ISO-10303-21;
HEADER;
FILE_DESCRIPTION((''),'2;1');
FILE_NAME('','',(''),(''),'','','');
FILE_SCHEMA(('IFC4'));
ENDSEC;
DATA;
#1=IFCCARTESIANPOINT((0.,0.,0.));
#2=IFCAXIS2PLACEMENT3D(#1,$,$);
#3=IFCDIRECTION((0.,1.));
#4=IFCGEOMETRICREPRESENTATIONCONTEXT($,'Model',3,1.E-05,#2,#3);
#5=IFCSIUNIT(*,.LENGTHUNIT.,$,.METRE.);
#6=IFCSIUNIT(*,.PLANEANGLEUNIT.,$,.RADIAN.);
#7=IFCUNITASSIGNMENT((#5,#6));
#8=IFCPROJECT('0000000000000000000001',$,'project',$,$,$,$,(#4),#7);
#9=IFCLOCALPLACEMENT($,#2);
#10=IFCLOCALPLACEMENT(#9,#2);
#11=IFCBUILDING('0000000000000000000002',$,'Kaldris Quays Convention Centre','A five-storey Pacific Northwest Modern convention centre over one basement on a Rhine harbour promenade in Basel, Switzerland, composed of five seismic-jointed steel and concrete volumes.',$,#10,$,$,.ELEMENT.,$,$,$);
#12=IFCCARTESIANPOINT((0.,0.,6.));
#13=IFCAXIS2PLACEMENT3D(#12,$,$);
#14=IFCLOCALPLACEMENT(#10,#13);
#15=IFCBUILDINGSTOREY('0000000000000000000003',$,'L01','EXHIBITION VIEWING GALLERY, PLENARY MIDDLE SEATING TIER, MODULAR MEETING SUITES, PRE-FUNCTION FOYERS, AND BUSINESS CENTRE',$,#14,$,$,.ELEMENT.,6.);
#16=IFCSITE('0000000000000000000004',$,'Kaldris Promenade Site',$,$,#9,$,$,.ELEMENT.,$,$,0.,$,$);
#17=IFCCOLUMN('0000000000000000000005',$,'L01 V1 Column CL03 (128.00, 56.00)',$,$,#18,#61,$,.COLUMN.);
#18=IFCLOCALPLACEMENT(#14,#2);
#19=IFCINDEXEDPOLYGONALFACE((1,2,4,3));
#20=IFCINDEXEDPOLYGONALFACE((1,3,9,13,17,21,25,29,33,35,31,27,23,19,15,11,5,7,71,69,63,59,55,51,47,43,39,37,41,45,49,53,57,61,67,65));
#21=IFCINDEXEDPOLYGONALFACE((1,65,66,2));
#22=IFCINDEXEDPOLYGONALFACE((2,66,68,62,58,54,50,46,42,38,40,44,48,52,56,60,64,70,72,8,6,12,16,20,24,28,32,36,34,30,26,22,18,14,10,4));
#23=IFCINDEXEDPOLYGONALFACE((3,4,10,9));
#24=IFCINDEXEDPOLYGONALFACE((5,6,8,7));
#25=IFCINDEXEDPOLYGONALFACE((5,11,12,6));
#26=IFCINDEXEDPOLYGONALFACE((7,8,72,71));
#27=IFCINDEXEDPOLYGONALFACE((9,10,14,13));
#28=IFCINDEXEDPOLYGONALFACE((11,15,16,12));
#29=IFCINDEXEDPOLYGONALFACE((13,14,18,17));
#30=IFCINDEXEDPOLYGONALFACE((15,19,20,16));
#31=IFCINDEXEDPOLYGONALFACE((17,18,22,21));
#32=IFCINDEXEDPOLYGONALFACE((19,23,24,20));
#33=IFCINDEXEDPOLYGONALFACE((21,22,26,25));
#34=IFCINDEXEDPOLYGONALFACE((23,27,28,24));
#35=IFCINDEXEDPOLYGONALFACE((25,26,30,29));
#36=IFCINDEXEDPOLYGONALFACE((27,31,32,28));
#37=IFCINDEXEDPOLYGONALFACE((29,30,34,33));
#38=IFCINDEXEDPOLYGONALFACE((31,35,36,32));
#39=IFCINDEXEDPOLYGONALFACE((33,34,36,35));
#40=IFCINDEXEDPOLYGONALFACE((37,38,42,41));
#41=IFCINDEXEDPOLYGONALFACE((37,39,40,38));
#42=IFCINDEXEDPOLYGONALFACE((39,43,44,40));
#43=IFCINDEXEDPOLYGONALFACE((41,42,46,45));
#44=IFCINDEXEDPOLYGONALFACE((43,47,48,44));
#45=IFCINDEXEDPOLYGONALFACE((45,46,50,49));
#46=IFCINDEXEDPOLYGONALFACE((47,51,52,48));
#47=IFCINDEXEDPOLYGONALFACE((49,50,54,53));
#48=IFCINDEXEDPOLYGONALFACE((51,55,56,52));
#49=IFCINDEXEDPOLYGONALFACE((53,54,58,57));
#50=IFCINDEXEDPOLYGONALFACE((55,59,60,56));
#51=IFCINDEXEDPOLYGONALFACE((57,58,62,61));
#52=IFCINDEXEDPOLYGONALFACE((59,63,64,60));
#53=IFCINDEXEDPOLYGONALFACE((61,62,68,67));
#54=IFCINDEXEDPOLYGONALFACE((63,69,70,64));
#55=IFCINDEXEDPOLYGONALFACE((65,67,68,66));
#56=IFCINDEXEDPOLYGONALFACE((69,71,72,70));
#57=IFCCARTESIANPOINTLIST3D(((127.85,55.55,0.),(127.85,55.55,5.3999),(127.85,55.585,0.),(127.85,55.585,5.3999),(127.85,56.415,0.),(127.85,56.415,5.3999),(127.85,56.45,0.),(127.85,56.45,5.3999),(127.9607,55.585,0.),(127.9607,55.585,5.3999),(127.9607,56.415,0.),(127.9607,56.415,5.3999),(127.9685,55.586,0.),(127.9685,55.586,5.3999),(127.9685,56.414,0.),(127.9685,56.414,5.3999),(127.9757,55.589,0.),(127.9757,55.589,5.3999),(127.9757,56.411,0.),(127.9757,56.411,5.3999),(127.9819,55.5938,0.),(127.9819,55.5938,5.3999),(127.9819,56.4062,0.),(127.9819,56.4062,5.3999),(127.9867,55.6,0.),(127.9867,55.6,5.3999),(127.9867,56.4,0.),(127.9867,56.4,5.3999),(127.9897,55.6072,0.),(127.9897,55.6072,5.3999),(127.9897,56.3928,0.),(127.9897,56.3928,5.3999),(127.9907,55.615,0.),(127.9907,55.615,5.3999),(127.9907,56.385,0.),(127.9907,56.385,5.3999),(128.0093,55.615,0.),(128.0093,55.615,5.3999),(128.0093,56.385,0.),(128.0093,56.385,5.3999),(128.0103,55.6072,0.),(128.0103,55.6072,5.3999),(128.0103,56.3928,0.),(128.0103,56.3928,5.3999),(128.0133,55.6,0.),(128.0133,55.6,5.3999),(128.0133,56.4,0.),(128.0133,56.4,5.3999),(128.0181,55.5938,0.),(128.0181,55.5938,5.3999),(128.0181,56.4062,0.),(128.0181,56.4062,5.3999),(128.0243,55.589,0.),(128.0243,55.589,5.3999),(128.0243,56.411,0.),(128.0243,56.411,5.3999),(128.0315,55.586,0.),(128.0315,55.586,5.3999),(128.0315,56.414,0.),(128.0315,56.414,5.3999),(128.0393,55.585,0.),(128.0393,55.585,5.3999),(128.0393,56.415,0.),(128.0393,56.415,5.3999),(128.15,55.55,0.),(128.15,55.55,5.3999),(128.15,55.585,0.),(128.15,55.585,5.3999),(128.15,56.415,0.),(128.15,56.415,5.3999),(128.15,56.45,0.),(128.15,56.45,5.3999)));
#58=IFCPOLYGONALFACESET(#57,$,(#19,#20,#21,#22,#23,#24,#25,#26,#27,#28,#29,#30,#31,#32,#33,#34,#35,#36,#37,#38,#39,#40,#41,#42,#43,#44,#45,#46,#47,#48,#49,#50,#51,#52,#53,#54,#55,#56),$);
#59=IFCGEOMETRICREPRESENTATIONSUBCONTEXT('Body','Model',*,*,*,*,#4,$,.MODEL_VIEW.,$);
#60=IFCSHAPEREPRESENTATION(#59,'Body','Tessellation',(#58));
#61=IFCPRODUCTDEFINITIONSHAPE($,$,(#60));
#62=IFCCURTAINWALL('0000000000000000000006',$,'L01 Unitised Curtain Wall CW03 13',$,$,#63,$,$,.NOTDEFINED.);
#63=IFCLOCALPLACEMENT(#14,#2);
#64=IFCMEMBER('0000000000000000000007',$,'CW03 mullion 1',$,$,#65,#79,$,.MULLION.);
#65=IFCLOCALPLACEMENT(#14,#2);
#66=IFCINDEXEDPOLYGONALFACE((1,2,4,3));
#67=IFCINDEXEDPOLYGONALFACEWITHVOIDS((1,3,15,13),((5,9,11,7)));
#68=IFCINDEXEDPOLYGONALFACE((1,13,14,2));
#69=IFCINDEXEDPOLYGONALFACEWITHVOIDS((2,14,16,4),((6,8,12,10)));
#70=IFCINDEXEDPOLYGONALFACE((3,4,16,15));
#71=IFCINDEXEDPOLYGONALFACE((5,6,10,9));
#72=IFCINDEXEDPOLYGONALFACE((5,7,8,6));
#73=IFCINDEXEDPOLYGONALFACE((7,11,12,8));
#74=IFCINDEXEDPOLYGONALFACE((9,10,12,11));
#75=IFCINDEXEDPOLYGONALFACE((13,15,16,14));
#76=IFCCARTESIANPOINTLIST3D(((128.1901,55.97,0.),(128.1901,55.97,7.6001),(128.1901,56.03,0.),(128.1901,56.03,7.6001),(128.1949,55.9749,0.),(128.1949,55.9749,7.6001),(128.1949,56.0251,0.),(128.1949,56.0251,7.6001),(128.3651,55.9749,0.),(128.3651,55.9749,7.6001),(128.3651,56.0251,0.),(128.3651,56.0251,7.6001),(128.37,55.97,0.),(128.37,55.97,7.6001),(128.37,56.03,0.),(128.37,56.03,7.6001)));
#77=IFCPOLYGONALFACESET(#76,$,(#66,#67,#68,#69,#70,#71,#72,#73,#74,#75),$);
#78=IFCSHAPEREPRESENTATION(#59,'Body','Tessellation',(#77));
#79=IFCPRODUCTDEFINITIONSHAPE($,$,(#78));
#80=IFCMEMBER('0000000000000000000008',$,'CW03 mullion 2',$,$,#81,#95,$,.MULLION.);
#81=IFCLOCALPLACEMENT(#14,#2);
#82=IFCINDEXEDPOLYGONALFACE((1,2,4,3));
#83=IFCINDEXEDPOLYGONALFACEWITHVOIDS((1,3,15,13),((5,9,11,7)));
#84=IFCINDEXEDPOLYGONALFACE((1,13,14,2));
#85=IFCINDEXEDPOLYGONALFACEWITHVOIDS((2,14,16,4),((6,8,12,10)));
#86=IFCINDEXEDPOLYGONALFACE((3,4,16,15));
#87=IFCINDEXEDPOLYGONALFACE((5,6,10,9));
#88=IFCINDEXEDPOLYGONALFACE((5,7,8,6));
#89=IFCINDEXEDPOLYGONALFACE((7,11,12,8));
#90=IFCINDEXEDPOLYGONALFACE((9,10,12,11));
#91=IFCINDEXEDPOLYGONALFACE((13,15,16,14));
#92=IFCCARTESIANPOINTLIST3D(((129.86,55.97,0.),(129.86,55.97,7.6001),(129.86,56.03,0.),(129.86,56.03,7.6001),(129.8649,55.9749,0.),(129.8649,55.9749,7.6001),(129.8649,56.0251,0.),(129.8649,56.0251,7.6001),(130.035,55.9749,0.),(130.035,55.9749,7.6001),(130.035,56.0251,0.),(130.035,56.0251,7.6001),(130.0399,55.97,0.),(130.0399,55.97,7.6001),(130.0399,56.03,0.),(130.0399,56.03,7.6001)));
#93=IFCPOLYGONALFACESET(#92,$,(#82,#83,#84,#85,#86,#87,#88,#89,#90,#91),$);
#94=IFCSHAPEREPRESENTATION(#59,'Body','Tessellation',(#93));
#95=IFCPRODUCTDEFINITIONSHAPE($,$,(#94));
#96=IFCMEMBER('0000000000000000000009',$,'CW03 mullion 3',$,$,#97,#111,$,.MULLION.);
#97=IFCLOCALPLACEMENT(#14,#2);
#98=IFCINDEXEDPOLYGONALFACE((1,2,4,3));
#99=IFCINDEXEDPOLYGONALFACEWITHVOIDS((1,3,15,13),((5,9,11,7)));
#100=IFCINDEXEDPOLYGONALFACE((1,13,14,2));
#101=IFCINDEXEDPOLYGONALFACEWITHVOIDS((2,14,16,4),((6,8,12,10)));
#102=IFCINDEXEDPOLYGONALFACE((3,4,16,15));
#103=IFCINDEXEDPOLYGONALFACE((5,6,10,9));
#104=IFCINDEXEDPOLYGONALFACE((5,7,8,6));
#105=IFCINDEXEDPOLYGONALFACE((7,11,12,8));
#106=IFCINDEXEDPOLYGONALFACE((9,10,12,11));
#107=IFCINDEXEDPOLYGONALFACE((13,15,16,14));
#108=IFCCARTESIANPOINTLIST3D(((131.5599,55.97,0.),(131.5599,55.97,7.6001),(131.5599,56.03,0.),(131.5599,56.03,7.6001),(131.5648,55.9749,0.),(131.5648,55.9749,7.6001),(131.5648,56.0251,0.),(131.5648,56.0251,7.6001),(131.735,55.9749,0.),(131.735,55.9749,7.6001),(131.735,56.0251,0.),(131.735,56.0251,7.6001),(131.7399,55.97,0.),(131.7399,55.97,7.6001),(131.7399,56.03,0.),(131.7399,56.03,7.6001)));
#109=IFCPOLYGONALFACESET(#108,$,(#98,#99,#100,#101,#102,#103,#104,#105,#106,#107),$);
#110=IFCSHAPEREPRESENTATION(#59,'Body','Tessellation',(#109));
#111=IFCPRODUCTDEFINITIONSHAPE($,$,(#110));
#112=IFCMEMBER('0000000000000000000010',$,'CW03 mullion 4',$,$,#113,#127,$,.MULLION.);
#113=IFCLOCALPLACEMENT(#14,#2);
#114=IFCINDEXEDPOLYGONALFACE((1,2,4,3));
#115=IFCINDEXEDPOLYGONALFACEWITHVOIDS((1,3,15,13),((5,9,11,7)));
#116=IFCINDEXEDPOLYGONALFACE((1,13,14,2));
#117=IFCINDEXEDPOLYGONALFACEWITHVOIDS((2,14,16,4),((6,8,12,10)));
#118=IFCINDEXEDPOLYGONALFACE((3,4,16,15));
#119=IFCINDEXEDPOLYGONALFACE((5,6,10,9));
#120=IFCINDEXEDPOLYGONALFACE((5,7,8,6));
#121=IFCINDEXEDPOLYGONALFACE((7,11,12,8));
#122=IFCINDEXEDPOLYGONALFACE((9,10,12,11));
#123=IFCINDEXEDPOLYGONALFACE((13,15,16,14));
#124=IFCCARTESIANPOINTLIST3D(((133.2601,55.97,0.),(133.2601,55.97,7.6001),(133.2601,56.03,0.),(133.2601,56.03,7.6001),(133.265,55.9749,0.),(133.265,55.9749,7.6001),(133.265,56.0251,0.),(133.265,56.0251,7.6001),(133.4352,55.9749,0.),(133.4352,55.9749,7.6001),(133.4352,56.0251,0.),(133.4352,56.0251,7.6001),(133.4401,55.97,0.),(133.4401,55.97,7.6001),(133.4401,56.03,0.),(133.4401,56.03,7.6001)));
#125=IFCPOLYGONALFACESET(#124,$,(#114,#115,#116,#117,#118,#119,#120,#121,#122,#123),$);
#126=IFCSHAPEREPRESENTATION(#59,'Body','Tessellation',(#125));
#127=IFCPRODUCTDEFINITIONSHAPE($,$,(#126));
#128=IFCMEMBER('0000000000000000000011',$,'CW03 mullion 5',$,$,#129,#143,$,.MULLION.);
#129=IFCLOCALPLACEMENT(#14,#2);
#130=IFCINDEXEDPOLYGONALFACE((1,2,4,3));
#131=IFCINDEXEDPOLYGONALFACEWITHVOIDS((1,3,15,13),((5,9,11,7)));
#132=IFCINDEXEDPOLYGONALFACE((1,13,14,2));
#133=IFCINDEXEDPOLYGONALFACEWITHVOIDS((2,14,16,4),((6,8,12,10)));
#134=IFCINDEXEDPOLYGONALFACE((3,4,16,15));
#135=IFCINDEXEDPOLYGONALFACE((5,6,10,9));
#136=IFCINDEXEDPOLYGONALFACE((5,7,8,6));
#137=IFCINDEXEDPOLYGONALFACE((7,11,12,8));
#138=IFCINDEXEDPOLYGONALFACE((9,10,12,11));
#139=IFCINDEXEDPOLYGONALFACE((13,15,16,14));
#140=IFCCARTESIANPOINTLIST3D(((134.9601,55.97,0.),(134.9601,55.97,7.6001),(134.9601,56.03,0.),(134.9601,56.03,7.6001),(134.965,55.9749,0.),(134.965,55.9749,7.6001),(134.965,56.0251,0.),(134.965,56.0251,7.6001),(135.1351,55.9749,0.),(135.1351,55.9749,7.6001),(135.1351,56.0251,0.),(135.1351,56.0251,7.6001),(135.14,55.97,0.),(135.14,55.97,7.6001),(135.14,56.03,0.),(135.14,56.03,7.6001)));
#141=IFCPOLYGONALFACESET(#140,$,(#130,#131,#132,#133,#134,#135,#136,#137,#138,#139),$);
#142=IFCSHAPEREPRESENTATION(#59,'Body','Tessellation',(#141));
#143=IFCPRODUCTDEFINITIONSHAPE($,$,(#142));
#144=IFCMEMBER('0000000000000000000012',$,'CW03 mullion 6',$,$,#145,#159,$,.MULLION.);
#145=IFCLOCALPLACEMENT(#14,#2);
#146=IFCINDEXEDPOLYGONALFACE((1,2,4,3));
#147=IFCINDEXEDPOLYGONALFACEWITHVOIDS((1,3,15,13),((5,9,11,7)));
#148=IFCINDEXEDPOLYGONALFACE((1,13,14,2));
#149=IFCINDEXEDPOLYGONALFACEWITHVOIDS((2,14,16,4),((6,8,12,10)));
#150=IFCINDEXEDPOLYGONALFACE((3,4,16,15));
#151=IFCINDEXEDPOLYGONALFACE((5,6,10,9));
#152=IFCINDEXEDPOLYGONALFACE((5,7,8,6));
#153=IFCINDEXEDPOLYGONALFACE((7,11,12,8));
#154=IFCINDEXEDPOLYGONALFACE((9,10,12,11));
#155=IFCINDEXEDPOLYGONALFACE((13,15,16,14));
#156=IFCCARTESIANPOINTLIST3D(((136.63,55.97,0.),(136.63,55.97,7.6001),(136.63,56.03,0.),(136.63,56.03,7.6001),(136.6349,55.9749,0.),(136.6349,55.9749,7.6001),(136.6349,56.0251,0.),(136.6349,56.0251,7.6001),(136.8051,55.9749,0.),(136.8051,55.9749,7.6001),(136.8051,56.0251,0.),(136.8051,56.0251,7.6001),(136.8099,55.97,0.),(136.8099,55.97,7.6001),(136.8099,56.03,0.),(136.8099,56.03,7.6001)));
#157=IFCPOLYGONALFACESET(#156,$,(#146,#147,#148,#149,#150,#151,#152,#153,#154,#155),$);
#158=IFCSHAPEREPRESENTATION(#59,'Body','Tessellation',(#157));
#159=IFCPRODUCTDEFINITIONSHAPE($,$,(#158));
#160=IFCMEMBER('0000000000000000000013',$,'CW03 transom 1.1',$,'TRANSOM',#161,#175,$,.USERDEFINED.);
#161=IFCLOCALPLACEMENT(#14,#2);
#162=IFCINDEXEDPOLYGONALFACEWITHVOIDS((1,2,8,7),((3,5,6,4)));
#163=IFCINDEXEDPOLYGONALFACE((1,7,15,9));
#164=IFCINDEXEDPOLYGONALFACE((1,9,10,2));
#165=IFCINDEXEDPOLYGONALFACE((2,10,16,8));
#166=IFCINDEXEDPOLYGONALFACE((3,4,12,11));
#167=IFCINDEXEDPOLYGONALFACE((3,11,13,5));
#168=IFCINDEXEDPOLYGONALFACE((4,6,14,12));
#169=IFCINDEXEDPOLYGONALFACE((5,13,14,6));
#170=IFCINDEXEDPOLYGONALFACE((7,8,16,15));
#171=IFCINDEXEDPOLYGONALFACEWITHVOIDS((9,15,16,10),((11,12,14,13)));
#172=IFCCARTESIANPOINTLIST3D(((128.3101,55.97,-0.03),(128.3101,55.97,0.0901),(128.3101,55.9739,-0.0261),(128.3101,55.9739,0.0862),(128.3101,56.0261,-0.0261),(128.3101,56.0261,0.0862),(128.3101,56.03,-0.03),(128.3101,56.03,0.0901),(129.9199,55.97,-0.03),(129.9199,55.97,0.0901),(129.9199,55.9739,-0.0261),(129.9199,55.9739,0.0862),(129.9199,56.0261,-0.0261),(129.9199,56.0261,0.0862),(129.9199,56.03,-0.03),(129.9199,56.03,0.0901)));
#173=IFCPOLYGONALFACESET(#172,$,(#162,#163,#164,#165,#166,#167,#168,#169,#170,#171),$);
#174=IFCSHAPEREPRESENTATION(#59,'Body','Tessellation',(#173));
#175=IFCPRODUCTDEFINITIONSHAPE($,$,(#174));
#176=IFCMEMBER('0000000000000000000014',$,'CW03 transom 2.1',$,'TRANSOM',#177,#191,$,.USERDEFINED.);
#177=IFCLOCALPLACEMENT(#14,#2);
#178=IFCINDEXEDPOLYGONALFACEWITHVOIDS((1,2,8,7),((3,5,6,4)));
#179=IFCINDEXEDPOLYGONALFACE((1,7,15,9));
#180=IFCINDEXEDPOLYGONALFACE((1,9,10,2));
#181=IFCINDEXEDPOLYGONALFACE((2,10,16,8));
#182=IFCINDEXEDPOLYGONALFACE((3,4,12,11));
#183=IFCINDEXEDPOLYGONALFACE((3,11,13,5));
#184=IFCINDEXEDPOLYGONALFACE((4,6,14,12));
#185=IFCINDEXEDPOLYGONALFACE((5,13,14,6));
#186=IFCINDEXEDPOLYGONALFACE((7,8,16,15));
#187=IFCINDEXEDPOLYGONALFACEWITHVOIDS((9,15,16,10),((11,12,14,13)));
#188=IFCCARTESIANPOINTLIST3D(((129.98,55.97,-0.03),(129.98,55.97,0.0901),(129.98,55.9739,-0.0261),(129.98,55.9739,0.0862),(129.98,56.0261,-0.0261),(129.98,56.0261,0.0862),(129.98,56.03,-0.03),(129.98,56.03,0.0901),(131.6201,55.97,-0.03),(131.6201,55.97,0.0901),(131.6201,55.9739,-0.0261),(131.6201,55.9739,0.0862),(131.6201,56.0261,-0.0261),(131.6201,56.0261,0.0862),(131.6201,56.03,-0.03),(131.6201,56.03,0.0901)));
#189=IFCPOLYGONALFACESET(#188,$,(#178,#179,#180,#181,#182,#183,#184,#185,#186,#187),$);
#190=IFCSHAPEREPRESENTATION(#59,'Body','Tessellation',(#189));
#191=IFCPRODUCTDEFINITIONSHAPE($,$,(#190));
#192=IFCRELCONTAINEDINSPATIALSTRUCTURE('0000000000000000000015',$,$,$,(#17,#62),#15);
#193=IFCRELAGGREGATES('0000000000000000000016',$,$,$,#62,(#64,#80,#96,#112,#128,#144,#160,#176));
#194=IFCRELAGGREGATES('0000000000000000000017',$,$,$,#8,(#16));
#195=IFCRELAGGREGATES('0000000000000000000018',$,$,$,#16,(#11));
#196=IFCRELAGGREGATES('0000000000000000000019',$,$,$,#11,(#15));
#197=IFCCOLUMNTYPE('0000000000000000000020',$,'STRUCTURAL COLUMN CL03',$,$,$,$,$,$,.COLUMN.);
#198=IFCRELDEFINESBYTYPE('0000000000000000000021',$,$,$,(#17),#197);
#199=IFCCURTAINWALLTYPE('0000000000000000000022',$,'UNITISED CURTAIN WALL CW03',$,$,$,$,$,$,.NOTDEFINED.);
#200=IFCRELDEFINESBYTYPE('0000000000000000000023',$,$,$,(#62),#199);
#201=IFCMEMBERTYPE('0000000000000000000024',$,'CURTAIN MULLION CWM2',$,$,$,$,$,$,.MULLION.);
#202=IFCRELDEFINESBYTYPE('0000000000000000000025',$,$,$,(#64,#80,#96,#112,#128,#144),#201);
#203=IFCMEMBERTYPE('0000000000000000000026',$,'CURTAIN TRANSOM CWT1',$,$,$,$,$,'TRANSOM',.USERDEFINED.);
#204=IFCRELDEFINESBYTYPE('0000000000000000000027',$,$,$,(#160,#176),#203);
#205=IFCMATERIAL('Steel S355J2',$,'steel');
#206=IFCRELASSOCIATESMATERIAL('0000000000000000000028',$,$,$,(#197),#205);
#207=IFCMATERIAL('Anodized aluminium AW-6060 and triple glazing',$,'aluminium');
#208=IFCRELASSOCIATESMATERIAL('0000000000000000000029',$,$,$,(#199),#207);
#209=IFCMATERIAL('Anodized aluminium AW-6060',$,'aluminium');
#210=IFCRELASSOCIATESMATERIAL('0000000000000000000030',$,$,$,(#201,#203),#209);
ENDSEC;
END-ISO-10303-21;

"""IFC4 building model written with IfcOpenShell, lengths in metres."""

from ifc_helpers import new_model, si_unit, direction, frame, origin, origin_2d, place, context, subcontext, project, spatial, hollow_rectangle, i_section, extrude, material, material_profile, profile_set, type_object, element, aggregate, save


model = new_model("IFC4")

# Units and contexts
model_context = context("Model", 3, precision=1e-05, world=origin(), true_north=direction((0.0, 1.0)))
body_context = subcontext(model_context, "Body", "Model", "MODEL_VIEW")
ifc_project = project(units=[si_unit("LENGTHUNIT", "METRE"), si_unit("PLANEANGLEUNIT", "RADIAN")], contexts=[model_context])

# Site, building, storey
site_placement = place(None, origin())
site = spatial("IfcSite", under=ifc_project, at=site_placement, Name="Kaldris Promenade Site", CompositionType="ELEMENT", RefElevation=0.0)
building_placement = place(site_placement, origin())
building = spatial("IfcBuilding", under=site, at=building_placement, Name="Kaldris Quays Convention Centre", Description="A five-storey Pacific Northwest Modern convention centre over one basement on a Rhine harbour promenade in Basel, Switzerland, composed of five seismic-jointed steel and concrete volumes.", CompositionType="ELEMENT")
storey_placement = place(building_placement, frame((0.0, 0.0, 6.0)))
storey = spatial("IfcBuildingStorey", under=building, at=storey_placement, Name="L01", Description="EXHIBITION VIEWING GALLERY, PLENARY MIDDLE SEATING TIER, MODULAR MEETING SUITES, PRE-FUNCTION FOYERS, AND BUSINESS CENTRE", CompositionType="ELEMENT", Elevation=6.0)

# Column
ifc_material_1 = material(Name="Steel S355J2", Category="steel")
ifc_material_profile_1 = material_profile(ifc_material_1, i_section(OverallWidth=0.3, OverallDepth=0.8999, WebThickness=0.0186, FlangeThickness=0.0349, FilletRadius=0.03, at=origin_2d()), Name="HEB 900")
ifc_profile_set_1 = profile_set([ifc_material_profile_1], Name="Steel S355J2")
column_type = type_object("IfcColumnType", Name="STRUCTURAL COLUMN CL03", PredefinedType="COLUMN", material=ifc_profile_set_1)
column_placement = place(storey_placement, frame((128.0, 56.0, 0.0), z_axis=(0.0, 0.0, 1.0), x_axis=(1.0, 0.0, 0.0)))
element("IfcColumn", 1, at=column_placement, inside=storey, type_object=column_type, Name="L01 V1 Column CL03 (128.00, 56.00)", PredefinedType="COLUMN", context=body_context, shape_type="SweptSolid", body=[
    extrude(i_section(OverallWidth=0.3, OverallDepth=0.8999, WebThickness=0.0186, FlangeThickness=0.0349, FilletRadius=0.03, at=origin_2d()), origin(), (0.0, 0.0, 1.0), 5.3999),
])

# Curtain wall, members
ifc_material_2 = material(Name="Anodized aluminium AW-6060 and triple glazing", Category="aluminium")
curtain_wall_type = type_object("IfcCurtainWallType", Name="UNITISED CURTAIN WALL CW03", PredefinedType="NOTDEFINED", material=ifc_material_2)
curtain_wall_placement = place(storey_placement, origin())
curtain_wall = element("IfcCurtainWall", 2, at=curtain_wall_placement, inside=storey, type_object=curtain_wall_type, Name="L01 Unitised Curtain Wall CW03 13", PredefinedType="NOTDEFINED")
ifc_material_3 = material(Name="Anodized aluminium AW-6060", Category="aluminium")
ifc_material_profile_2 = material_profile(ifc_material_3, hollow_rectangle(XDim=0.0601, YDim=0.1799, WallThickness=0.0049, at=origin_2d()), Name="RHS 180x60x5")
ifc_profile_set_2 = profile_set([ifc_material_profile_2], Name="Anodized aluminium AW-6060")
member_type_1 = type_object("IfcMemberType", Name="CURTAIN MULLION CWM2", PredefinedType="MULLION", material=ifc_profile_set_2)
member_1_placement = place(storey_placement, frame((128.28, 56.0, 0.0), z_axis=(0.0, 0.0, 1.0), x_axis=(0.0, 1.0, 0.0)))
member_1 = element("IfcMember", 3, at=member_1_placement, type_object=member_type_1, Name="CW03 mullion 1", PredefinedType="MULLION", context=body_context, shape_type="SweptSolid", body=[
    extrude(hollow_rectangle(XDim=0.0601, YDim=0.1799, WallThickness=0.0049, at=origin_2d()), origin(), (0.0, 0.0, 1.0), 7.6001),
])
member_2_placement = place(storey_placement, frame((129.95, 56.0, 0.0), z_axis=(0.0, 0.0, 1.0), x_axis=(0.0, 1.0, 0.0)))
member_2 = element("IfcMember", 4, at=member_2_placement, type_object=member_type_1, Name="CW03 mullion 2", PredefinedType="MULLION", context=body_context, shape_type="SweptSolid", body=[
    extrude(hollow_rectangle(XDim=0.0601, YDim=0.1799, WallThickness=0.0049, at=origin_2d()), origin(), (0.0, 0.0, 1.0), 7.6001),
])
member_3_placement = place(storey_placement, frame((131.6499, 56.0, 0.0), z_axis=(0.0, 0.0, 1.0), x_axis=(0.0, 1.0, 0.0)))
member_3 = element("IfcMember", 5, at=member_3_placement, type_object=member_type_1, Name="CW03 mullion 3", PredefinedType="MULLION", context=body_context, shape_type="SweptSolid", body=[
    extrude(hollow_rectangle(XDim=0.0601, YDim=0.1799, WallThickness=0.0049, at=origin_2d()), origin(), (0.0, 0.0, 1.0), 7.6001),
])
member_4_placement = place(storey_placement, frame((133.3501, 56.0, 0.0), z_axis=(0.0, 0.0, 1.0), x_axis=(0.0, 1.0, 0.0)))
member_4 = element("IfcMember", 6, at=member_4_placement, type_object=member_type_1, Name="CW03 mullion 4", PredefinedType="MULLION", context=body_context, shape_type="SweptSolid", body=[
    extrude(hollow_rectangle(XDim=0.0601, YDim=0.1799, WallThickness=0.0049, at=origin_2d()), origin(), (0.0, 0.0, 1.0), 7.6001),
])
member_5_placement = place(storey_placement, frame((135.05, 56.0, 0.0), z_axis=(0.0, 0.0, 1.0), x_axis=(0.0, 1.0, 0.0)))
member_5 = element("IfcMember", 7, at=member_5_placement, type_object=member_type_1, Name="CW03 mullion 5", PredefinedType="MULLION", context=body_context, shape_type="SweptSolid", body=[
    extrude(hollow_rectangle(XDim=0.0601, YDim=0.1799, WallThickness=0.0049, at=origin_2d()), origin(), (0.0, 0.0, 1.0), 7.6001),
])
member_6_placement = place(storey_placement, frame((136.72, 56.0, 0.0), z_axis=(0.0, 0.0, 1.0), x_axis=(0.0, 1.0, 0.0)))
member_6 = element("IfcMember", 8, at=member_6_placement, type_object=member_type_1, Name="CW03 mullion 6", PredefinedType="MULLION", context=body_context, shape_type="SweptSolid", body=[
    extrude(hollow_rectangle(XDim=0.0601, YDim=0.1799, WallThickness=0.0049, at=origin_2d()), origin(), (0.0, 0.0, 1.0), 7.6001),
])
ifc_material_profile_3 = material_profile(ifc_material_3, hollow_rectangle(XDim=0.0601, YDim=0.1201, WallThickness=0.0039, at=origin_2d()), Name="RHS 120x60x4")
ifc_profile_set_3 = profile_set([ifc_material_profile_3], Name="Anodized aluminium AW-6060")
member_type_2 = type_object("IfcMemberType", Name="CURTAIN TRANSOM CWT1", ElementType="TRANSOM", PredefinedType="USERDEFINED", material=ifc_profile_set_3)
member_7_placement = place(storey_placement, frame((128.3101, 56.0, 0.03), z_axis=(1.0, 0.0, 0.0), x_axis=(0.0, 1.0, 0.0)))
member_7 = element("IfcMember", 9, at=member_7_placement, type_object=member_type_2, Name="CW03 transom 1.1", ObjectType="TRANSOM", PredefinedType="USERDEFINED", context=body_context, shape_type="SweptSolid", body=[
    extrude(hollow_rectangle(XDim=0.0601, YDim=0.1201, WallThickness=0.0039, at=origin_2d()), origin(), (0.0, 0.0, 1.0), 1.6099),
])
member_8_placement = place(storey_placement, frame((129.98, 56.0, 0.03), z_axis=(1.0, 0.0, 0.0), x_axis=(0.0, 1.0, 0.0)))
member_8 = element("IfcMember", 10, at=member_8_placement, type_object=member_type_2, Name="CW03 transom 2.1", ObjectType="TRANSOM", PredefinedType="USERDEFINED", context=body_context, shape_type="SweptSolid", body=[
    extrude(hollow_rectangle(XDim=0.0601, YDim=0.1201, WallThickness=0.0039, at=origin_2d()), origin(), (0.0, 0.0, 1.0), 1.6401),
])
aggregate(curtain_wall, [member_1, member_2, member_3, member_4, member_5, member_6, member_7, member_8])

save(model, "model.ifc")
